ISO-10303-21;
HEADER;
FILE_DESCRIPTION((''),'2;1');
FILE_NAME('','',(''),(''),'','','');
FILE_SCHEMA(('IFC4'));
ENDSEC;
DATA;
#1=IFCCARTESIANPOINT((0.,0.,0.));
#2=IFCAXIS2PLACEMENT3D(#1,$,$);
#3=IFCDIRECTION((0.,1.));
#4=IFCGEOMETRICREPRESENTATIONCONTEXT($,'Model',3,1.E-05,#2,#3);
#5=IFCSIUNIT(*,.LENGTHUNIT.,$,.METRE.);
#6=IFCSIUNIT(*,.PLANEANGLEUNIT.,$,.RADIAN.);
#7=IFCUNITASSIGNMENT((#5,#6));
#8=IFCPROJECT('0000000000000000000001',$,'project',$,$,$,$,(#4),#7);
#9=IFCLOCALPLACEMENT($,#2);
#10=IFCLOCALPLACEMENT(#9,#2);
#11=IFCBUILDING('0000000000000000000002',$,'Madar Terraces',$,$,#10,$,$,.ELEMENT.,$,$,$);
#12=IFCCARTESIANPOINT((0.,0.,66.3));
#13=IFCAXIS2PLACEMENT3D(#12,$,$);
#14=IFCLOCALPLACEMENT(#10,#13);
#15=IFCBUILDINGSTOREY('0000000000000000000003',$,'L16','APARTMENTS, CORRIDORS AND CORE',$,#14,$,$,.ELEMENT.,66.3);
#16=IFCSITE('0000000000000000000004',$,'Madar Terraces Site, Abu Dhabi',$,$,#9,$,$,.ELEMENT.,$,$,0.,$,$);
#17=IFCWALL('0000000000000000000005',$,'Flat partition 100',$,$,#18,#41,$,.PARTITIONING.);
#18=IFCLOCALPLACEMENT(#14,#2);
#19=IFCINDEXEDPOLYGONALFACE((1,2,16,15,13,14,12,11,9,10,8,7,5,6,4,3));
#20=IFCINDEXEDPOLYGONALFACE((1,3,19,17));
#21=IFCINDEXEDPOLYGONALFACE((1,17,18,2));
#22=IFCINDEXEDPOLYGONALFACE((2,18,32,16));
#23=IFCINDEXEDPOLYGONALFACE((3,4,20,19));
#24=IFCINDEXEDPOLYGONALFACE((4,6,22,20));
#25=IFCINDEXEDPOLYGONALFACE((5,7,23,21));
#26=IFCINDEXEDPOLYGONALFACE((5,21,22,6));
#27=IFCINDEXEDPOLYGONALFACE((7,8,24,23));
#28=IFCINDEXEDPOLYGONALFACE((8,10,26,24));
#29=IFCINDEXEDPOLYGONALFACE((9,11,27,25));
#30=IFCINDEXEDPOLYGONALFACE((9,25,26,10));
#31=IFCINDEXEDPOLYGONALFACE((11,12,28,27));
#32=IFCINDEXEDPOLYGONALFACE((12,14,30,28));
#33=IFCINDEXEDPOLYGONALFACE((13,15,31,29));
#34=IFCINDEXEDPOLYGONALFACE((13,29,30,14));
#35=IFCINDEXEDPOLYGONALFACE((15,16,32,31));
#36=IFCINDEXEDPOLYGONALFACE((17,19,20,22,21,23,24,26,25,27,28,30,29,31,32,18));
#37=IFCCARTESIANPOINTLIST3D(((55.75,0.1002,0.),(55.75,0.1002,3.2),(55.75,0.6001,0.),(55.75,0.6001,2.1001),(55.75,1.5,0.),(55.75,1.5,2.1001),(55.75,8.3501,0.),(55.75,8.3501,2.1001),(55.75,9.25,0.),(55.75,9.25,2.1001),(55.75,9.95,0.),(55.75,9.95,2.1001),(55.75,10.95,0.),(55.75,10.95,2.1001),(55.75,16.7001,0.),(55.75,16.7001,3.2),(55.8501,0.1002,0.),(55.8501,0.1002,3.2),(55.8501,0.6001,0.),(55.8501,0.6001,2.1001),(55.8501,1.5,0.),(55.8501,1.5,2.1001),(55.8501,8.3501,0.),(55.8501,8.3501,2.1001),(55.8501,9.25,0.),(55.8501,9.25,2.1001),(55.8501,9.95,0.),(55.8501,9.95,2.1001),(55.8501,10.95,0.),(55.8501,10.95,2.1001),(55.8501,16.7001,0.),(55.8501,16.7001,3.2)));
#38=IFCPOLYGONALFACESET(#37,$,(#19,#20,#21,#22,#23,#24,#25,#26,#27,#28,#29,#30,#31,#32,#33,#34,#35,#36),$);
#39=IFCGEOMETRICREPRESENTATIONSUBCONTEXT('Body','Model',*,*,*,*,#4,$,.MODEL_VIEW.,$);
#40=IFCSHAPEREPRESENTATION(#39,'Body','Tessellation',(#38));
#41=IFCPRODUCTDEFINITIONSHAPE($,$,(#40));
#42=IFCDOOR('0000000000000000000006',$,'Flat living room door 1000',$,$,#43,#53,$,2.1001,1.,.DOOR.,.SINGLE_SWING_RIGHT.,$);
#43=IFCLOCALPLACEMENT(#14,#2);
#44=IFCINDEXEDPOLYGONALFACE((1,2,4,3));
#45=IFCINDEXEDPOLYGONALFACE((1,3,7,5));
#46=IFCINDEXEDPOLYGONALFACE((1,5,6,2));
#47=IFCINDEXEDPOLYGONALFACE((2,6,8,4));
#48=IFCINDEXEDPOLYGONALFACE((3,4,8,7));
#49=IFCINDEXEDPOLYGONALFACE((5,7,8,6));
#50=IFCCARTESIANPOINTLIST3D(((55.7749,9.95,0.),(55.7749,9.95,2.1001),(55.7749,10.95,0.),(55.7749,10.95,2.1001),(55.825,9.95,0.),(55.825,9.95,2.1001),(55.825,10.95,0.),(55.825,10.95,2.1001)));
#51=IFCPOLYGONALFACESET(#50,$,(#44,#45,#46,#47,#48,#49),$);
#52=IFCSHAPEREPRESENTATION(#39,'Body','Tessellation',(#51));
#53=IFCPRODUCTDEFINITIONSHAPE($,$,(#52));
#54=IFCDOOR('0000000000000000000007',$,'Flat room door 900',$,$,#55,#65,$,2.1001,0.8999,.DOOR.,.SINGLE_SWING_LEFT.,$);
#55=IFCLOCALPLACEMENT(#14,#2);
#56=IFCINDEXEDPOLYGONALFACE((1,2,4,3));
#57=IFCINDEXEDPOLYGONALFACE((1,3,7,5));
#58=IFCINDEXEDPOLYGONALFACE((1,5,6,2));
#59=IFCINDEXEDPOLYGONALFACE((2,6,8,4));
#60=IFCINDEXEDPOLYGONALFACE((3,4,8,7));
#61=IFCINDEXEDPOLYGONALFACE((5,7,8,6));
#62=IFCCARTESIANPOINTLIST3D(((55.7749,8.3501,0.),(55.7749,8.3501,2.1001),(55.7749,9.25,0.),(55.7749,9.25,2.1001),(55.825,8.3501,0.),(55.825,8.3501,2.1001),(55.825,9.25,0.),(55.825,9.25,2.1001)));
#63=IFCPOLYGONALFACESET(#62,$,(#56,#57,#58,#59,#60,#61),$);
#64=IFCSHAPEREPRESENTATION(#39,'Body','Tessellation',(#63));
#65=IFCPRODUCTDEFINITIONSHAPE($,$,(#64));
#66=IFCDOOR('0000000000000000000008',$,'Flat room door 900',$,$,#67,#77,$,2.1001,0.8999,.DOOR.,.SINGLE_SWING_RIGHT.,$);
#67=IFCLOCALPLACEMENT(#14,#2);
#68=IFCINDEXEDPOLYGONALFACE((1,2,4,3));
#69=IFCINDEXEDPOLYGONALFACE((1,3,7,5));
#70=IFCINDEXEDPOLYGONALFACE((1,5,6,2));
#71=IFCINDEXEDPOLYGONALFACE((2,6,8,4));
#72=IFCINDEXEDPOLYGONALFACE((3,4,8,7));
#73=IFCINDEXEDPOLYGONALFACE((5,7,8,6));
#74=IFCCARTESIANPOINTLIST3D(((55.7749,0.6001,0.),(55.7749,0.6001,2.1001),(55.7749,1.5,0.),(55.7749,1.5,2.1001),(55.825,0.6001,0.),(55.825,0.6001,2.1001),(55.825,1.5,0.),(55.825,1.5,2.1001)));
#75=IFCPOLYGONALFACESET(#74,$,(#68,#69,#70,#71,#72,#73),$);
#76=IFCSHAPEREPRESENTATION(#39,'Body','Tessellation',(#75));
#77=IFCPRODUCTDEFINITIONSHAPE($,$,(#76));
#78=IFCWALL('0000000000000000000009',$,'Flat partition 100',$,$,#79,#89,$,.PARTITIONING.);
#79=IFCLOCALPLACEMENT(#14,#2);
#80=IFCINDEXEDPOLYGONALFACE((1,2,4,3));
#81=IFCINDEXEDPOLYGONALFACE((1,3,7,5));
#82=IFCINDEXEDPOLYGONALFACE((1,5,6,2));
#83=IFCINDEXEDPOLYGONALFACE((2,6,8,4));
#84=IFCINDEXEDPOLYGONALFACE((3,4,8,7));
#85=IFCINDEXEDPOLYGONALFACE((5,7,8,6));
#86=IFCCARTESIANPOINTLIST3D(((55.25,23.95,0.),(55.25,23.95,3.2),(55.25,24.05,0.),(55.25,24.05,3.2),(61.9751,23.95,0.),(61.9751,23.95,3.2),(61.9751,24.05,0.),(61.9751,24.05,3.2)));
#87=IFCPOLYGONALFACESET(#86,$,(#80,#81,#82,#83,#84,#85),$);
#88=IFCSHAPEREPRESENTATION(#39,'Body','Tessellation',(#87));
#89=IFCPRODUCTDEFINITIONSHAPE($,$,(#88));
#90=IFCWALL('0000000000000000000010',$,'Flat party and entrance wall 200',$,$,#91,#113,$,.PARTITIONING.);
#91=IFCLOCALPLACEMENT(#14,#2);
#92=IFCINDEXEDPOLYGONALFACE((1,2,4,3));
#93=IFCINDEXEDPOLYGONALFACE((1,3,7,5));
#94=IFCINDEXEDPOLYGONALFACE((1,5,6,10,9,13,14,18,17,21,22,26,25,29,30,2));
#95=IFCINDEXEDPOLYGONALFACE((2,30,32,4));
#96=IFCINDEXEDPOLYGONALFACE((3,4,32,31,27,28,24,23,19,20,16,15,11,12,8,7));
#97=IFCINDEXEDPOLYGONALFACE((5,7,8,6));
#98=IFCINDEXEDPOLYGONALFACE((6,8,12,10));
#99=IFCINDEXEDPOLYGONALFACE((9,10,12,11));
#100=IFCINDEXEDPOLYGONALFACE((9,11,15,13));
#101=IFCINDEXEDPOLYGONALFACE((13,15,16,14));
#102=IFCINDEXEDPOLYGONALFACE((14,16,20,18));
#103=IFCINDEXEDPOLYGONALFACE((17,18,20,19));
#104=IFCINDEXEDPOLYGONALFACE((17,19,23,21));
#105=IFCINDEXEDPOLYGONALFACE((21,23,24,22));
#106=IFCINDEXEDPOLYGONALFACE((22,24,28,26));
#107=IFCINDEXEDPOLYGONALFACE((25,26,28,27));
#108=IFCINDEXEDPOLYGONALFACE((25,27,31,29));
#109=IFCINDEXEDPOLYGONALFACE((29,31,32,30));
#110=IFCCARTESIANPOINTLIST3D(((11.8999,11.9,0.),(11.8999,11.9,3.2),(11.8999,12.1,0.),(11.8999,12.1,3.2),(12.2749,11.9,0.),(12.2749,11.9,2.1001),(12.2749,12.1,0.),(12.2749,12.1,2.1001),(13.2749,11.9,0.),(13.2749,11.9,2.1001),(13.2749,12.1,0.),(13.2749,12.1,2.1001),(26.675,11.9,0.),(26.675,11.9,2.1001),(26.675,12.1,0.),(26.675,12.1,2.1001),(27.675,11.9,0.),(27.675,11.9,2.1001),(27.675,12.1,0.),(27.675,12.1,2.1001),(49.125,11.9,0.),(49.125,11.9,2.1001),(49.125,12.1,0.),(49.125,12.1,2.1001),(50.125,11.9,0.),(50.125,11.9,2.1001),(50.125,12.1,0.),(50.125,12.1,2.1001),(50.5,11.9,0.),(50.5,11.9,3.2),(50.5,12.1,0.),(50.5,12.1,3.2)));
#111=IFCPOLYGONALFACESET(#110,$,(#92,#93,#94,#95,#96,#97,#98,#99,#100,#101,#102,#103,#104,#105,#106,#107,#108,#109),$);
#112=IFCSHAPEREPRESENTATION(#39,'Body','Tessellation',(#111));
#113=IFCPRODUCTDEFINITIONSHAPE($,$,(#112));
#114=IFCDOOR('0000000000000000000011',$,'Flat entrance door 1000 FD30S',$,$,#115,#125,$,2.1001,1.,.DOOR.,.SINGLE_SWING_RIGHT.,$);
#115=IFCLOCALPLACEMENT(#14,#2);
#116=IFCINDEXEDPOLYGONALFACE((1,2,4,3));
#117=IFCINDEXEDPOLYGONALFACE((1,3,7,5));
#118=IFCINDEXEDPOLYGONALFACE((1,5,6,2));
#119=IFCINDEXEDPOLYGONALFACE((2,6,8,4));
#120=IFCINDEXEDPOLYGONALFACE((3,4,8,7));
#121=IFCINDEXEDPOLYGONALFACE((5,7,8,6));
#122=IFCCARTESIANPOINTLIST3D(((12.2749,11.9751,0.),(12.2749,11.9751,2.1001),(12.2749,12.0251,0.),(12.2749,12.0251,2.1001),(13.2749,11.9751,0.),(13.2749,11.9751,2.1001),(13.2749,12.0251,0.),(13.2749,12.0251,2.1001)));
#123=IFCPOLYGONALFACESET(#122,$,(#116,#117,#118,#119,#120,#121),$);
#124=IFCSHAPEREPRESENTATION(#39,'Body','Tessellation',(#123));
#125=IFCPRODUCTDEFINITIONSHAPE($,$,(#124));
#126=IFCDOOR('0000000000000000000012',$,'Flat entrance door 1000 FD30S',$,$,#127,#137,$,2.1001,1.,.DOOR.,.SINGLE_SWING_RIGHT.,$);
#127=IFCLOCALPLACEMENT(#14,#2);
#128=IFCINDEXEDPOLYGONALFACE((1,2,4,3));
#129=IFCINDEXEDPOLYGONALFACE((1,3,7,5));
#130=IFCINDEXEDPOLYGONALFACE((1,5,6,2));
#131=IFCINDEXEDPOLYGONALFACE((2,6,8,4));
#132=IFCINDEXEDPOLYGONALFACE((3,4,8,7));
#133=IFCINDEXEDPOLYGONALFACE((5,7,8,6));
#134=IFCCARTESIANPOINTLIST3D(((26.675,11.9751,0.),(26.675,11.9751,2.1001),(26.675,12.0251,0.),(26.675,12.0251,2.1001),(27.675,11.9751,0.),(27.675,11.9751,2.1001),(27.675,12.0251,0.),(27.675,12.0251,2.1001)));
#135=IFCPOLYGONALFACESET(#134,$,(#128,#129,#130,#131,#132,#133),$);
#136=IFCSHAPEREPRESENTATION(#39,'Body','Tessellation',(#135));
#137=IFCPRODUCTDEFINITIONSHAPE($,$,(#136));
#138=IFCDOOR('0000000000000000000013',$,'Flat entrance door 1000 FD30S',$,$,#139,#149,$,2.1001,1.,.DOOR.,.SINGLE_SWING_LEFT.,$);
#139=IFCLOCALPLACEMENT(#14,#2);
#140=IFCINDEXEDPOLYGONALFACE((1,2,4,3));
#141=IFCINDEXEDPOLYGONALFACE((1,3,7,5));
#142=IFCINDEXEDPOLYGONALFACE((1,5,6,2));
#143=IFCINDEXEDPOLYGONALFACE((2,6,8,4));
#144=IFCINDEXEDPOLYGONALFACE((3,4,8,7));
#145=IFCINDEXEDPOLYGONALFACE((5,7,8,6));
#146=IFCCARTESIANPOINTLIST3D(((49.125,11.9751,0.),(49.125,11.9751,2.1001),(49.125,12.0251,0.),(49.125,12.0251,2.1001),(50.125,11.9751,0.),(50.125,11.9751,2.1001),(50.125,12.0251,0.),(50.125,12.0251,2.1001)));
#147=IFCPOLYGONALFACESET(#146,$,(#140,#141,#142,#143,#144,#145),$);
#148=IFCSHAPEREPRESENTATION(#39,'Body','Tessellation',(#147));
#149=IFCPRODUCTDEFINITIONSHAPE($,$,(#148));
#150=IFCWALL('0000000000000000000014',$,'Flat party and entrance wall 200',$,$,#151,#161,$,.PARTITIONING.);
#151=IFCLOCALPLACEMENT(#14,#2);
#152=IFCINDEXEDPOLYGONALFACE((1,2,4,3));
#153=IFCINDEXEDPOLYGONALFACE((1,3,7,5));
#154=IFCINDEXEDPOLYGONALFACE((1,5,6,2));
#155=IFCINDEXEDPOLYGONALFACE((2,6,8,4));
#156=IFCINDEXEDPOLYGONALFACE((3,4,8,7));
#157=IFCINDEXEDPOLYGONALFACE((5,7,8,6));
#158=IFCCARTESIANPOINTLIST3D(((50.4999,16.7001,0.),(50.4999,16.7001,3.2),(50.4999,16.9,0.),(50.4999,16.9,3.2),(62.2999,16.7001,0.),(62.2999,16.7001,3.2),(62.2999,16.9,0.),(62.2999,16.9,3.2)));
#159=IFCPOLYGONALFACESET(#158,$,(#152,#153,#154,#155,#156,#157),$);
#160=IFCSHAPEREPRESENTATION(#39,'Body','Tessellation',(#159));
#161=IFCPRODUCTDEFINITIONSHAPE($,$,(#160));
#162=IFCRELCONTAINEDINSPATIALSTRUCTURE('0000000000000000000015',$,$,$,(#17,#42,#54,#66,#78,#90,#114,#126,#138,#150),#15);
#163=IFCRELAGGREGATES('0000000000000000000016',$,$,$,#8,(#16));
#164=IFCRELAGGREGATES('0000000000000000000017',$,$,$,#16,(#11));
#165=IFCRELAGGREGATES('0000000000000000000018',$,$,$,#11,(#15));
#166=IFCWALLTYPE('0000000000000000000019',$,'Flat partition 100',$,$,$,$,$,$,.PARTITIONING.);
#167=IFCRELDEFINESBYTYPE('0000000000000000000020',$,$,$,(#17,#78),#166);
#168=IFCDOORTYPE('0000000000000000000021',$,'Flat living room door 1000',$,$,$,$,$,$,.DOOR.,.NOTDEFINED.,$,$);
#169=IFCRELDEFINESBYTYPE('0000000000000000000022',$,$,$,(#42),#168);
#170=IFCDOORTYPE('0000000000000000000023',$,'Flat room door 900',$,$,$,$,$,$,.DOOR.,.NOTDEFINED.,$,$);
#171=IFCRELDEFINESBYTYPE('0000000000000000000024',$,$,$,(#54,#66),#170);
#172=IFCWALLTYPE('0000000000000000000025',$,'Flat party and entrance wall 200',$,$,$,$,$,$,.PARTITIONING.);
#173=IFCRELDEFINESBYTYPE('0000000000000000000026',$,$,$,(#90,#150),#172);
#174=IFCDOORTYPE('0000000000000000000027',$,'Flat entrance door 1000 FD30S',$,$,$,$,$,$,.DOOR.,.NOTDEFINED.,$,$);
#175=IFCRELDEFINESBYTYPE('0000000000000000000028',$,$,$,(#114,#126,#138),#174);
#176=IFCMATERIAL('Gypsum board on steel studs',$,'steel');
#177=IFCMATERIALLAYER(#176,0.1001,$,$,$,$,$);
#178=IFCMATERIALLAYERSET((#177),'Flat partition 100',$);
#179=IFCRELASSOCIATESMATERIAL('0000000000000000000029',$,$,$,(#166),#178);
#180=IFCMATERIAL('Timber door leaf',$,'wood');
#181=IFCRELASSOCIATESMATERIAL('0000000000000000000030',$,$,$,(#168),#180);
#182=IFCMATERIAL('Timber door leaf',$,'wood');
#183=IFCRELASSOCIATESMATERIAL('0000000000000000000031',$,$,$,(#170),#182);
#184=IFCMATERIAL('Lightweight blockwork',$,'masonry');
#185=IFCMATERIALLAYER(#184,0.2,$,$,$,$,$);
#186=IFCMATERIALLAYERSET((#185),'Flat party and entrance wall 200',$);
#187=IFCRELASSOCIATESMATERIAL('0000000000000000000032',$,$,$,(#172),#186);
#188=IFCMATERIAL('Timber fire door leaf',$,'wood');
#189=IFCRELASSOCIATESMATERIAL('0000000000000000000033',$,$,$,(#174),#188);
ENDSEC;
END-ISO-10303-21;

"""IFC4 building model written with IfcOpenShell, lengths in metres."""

from ifc_helpers import new_model, si_unit, direction, frame, frame_2d, origin, place, context, subcontext, project, spatial, rectangle, extrude, material, layer, layer_set, type_object, element, fill, save


model = new_model("IFC4")

# Units and contexts
model_context = context("Model", 3, precision=1e-05, world=origin(), true_north=direction((0.0, 1.0)))
body_context = subcontext(model_context, "Body", "Model", "MODEL_VIEW")
ifc_project = project(units=[si_unit("LENGTHUNIT", "METRE"), si_unit("PLANEANGLEUNIT", "RADIAN")], contexts=[model_context])

# Site, building, storey
site_placement = place(None, origin())
site = spatial("IfcSite", under=ifc_project, at=site_placement, Name="Madar Terraces Site, Abu Dhabi", CompositionType="ELEMENT", RefElevation=0.0)
building_placement = place(site_placement, origin())
building = spatial("IfcBuilding", under=site, at=building_placement, Name="Madar Terraces", CompositionType="ELEMENT")
storey_placement = place(building_placement, frame((0.0, 0.0, 66.3)))
storey = spatial("IfcBuildingStorey", under=building, at=storey_placement, Name="L16", Description="APARTMENTS, CORRIDORS AND CORE", CompositionType="ELEMENT", Elevation=66.3)

# Shared definitions
ifc_material_1 = material(Name="Gypsum board on steel studs", Category="steel")
ifc_layer_1 = layer(ifc_material_1, 0.1001)
ifc_layer_set_1 = layer_set([ifc_layer_1], Name="Flat partition 100")
wall_type_1 = type_object("IfcWallType", Name="Flat partition 100", PredefinedType="PARTITIONING", material=ifc_layer_set_1)

# Wall, openings, doors
wall_1_placement = place(storey_placement, frame((55.8, 16.7, 0.0), z_axis=(0.0, 0.0, 1.0), x_axis=(0.0, -1.0, 0.0)))
wall_1 = element("IfcWall", 1, at=wall_1_placement, inside=storey, type_object=wall_type_1, Name="Flat partition 100", PredefinedType="PARTITIONING", context=body_context, shape_type="SweptSolid", body=[
    extrude(rectangle(XDim=16.5999, YDim=0.1001, at=frame_2d((8.2998, 0.0))), origin(), (0.0, 0.0, 1.0), 3.2),
])
opening_1_placement = place(wall_1_placement, frame((5.75, 0.0, 0.0)))
opening_1 = element("IfcOpeningElement", 2, at=opening_1_placement, cuts=wall_1, PredefinedType="OPENING", context=body_context, shape_type="SweptSolid", body=[
    extrude(rectangle(XDim=1.0, YDim=2.1001, at=frame_2d((0.5, 1.05))), frame((0.0, 0.0601, 0.0), z_axis=(0.0, -1.0, 0.0), x_axis=(1.0, 0.0, 0.0)), (0.0, 0.0, 1.0), 0.1201),
])
opening_2_placement = place(wall_1_placement, frame((7.45, 0.0, 0.0)))
opening_2 = element("IfcOpeningElement", 3, at=opening_2_placement, cuts=wall_1, PredefinedType="OPENING", context=body_context, shape_type="SweptSolid", body=[
    extrude(rectangle(XDim=0.8999, YDim=2.1001, at=frame_2d((0.45, 1.05))), frame((0.0, 0.0601, 0.0), z_axis=(0.0, -1.0, 0.0), x_axis=(1.0, 0.0, 0.0)), (0.0, 0.0, 1.0), 0.1201),
])
opening_3_placement = place(wall_1_placement, frame((15.2, 0.0, 0.0)))
opening_3 = element("IfcOpeningElement", 4, at=opening_3_placement, cuts=wall_1, PredefinedType="OPENING", context=body_context, shape_type="SweptSolid", body=[
    extrude(rectangle(XDim=0.8999, YDim=2.1001, at=frame_2d((0.45, 1.05))), frame((0.0, 0.0601, 0.0), z_axis=(0.0, -1.0, 0.0), x_axis=(1.0, 0.0, 0.0)), (0.0, 0.0, 1.0), 0.1201),
])
ifc_material_2 = material(Name="Timber door leaf", Category="wood")
door_type_1 = type_object("IfcDoorType", Name="Flat living room door 1000", OperationType="NOTDEFINED", PredefinedType="DOOR", material=ifc_material_2)
door_1_placement = place(opening_1_placement, origin())
door_1 = element("IfcDoor", 5, at=door_1_placement, inside=storey, type_object=door_type_1, Name="Flat living room door 1000", OperationType="SINGLE_SWING_RIGHT", OverallHeight=2.1001, OverallWidth=1.0, PredefinedType="DOOR", context=body_context, shape_type="SweptSolid", body=[
    extrude(rectangle(XDim=1.0, YDim=2.1001, at=frame_2d((0.5, 1.05))), frame((0.0, 0.0249, 0.0), z_axis=(0.0, -1.0, 0.0), x_axis=(1.0, 0.0, 0.0)), (0.0, 0.0, 1.0), 0.05),
])
fill(opening_1, door_1)
ifc_material_3 = material(Name="Timber door leaf", Category="wood")
door_type_2 = type_object("IfcDoorType", Name="Flat room door 900", OperationType="NOTDEFINED", PredefinedType="DOOR", material=ifc_material_3)
door_2_placement = place(opening_2_placement, origin())
door_2 = element("IfcDoor", 6, at=door_2_placement, inside=storey, type_object=door_type_2, Name="Flat room door 900", OperationType="SINGLE_SWING_LEFT", OverallHeight=2.1001, OverallWidth=0.8999, PredefinedType="DOOR", context=body_context, shape_type="SweptSolid", body=[
    extrude(rectangle(XDim=0.8999, YDim=2.1001, at=frame_2d((0.45, 1.05))), frame((0.0, 0.0249, 0.0), z_axis=(0.0, -1.0, 0.0), x_axis=(1.0, 0.0, 0.0)), (0.0, 0.0, 1.0), 0.05),
])
fill(opening_2, door_2)
door_3_placement = place(opening_3_placement, origin())
door_3 = element("IfcDoor", 7, at=door_3_placement, inside=storey, type_object=door_type_2, Name="Flat room door 900", OperationType="SINGLE_SWING_RIGHT", OverallHeight=2.1001, OverallWidth=0.8999, PredefinedType="DOOR", context=body_context, shape_type="SweptSolid", body=[
    extrude(rectangle(XDim=0.8999, YDim=2.1001, at=frame_2d((0.45, 1.05))), frame((0.0, 0.0249, 0.0), z_axis=(0.0, -1.0, 0.0), x_axis=(1.0, 0.0, 0.0)), (0.0, 0.0, 1.0), 0.05),
])
fill(opening_3, door_3)

# Wall
wall_2_placement = place(storey_placement, frame((55.25, 24.0, 0.0), z_axis=(0.0, 0.0, 1.0), x_axis=(1.0, 0.0, 0.0)))
element("IfcWall", 8, at=wall_2_placement, inside=storey, type_object=wall_type_1, Name="Flat partition 100", PredefinedType="PARTITIONING", context=body_context, shape_type="SweptSolid", body=[
    extrude(rectangle(XDim=6.7251, YDim=0.1001, at=frame_2d((3.3625, 0.0))), origin(), (0.0, 0.0, 1.0), 3.2),
])

# Wall, openings, doors
ifc_material_4 = material(Name="Lightweight blockwork", Category="masonry")
ifc_layer_2 = layer(ifc_material_4, 0.2)
ifc_layer_set_2 = layer_set([ifc_layer_2], Name="Flat party and entrance wall 200")
wall_type_2 = type_object("IfcWallType", Name="Flat party and entrance wall 200", PredefinedType="PARTITIONING", material=ifc_layer_set_2)
wall_3_placement = place(storey_placement, frame((50.5, 12.0, 0.0), z_axis=(0.0, 0.0, 1.0), x_axis=(-1.0, 0.0, 0.0)))
wall_3 = element("IfcWall", 9, at=wall_3_placement, inside=storey, type_object=wall_type_2, Name="Flat party and entrance wall 200", PredefinedType="PARTITIONING", context=body_context, shape_type="SweptSolid", body=[
    extrude(rectangle(XDim=38.6001, YDim=0.2, at=frame_2d((19.3, 0.0))), origin(), (0.0, 0.0, 1.0), 3.2),
])
opening_4_placement = place(wall_3_placement, frame((37.2251, 0.0, 0.0)))
opening_4 = element("IfcOpeningElement", 10, at=opening_4_placement, cuts=wall_3, PredefinedType="OPENING", context=body_context, shape_type="SweptSolid", body=[
    extrude(rectangle(XDim=1.0, YDim=2.1001, at=frame_2d((0.5, 1.05))), frame((0.0, 0.1099, 0.0), z_axis=(0.0, -1.0, 0.0), x_axis=(1.0, 0.0, 0.0)), (0.0, 0.0, 1.0), 0.22),
])
opening_5_placement = place(wall_3_placement, frame((22.825, 0.0, 0.0)))
opening_5 = element("IfcOpeningElement", 11, at=opening_5_placement, cuts=wall_3, PredefinedType="OPENING", context=body_context, shape_type="SweptSolid", body=[
    extrude(rectangle(XDim=1.0, YDim=2.1001, at=frame_2d((0.5, 1.05))), frame((0.0, 0.1099, 0.0), z_axis=(0.0, -1.0, 0.0), x_axis=(1.0, 0.0, 0.0)), (0.0, 0.0, 1.0), 0.22),
])
opening_6_placement = place(wall_3_placement, frame((0.375, 0.0, 0.0)))
opening_6 = element("IfcOpeningElement", 12, at=opening_6_placement, cuts=wall_3, PredefinedType="OPENING", context=body_context, shape_type="SweptSolid", body=[
    extrude(rectangle(XDim=1.0, YDim=2.1001, at=frame_2d((0.5, 1.05))), frame((0.0, 0.1099, 0.0), z_axis=(0.0, -1.0, 0.0), x_axis=(1.0, 0.0, 0.0)), (0.0, 0.0, 1.0), 0.22),
])
ifc_material_5 = material(Name="Timber fire door leaf", Category="wood")
door_type_3 = type_object("IfcDoorType", Name="Flat entrance door 1000 FD30S", OperationType="NOTDEFINED", PredefinedType="DOOR", material=ifc_material_5)
door_4_placement = place(opening_4_placement, origin())
door_4 = element("IfcDoor", 13, at=door_4_placement, inside=storey, type_object=door_type_3, Name="Flat entrance door 1000 FD30S", OperationType="SINGLE_SWING_RIGHT", OverallHeight=2.1001, OverallWidth=1.0, PredefinedType="DOOR", context=body_context, shape_type="SweptSolid", body=[
    extrude(rectangle(XDim=1.0, YDim=2.1001, at=frame_2d((0.5, 1.05))), frame((0.0, 0.0249, 0.0), z_axis=(0.0, -1.0, 0.0), x_axis=(1.0, 0.0, 0.0)), (0.0, 0.0, 1.0), 0.05),
])
fill(opening_4, door_4)
door_5_placement = place(opening_5_placement, origin())
door_5 = element("IfcDoor", 14, at=door_5_placement, inside=storey, type_object=door_type_3, Name="Flat entrance door 1000 FD30S", OperationType="SINGLE_SWING_RIGHT", OverallHeight=2.1001, OverallWidth=1.0, PredefinedType="DOOR", context=body_context, shape_type="SweptSolid", body=[
    extrude(rectangle(XDim=1.0, YDim=2.1001, at=frame_2d((0.5, 1.05))), frame((0.0, 0.0249, 0.0), z_axis=(0.0, -1.0, 0.0), x_axis=(1.0, 0.0, 0.0)), (0.0, 0.0, 1.0), 0.05),
])
fill(opening_5, door_5)
door_6_placement = place(opening_6_placement, origin())
door_6 = element("IfcDoor", 15, at=door_6_placement, inside=storey, type_object=door_type_3, Name="Flat entrance door 1000 FD30S", OperationType="SINGLE_SWING_LEFT", OverallHeight=2.1001, OverallWidth=1.0, PredefinedType="DOOR", context=body_context, shape_type="SweptSolid", body=[
    extrude(rectangle(XDim=1.0, YDim=2.1001, at=frame_2d((0.5, 1.05))), frame((0.0, 0.0249, 0.0), z_axis=(0.0, -1.0, 0.0), x_axis=(1.0, 0.0, 0.0)), (0.0, 0.0, 1.0), 0.05),
])
fill(opening_6, door_6)

# Wall
wall_4_placement = place(storey_placement, frame((50.5, 16.8, 0.0), z_axis=(0.0, 0.0, 1.0), x_axis=(1.0, 0.0, 0.0)))
element("IfcWall", 16, at=wall_4_placement, inside=storey, type_object=wall_type_2, Name="Flat party and entrance wall 200", PredefinedType="PARTITIONING", context=body_context, shape_type="SweptSolid", body=[
    extrude(rectangle(XDim=11.8, YDim=0.2, at=frame_2d((5.8999, 0.0))), origin(), (0.0, 0.0, 1.0), 3.2),
])

save(model, "model.ifc")
